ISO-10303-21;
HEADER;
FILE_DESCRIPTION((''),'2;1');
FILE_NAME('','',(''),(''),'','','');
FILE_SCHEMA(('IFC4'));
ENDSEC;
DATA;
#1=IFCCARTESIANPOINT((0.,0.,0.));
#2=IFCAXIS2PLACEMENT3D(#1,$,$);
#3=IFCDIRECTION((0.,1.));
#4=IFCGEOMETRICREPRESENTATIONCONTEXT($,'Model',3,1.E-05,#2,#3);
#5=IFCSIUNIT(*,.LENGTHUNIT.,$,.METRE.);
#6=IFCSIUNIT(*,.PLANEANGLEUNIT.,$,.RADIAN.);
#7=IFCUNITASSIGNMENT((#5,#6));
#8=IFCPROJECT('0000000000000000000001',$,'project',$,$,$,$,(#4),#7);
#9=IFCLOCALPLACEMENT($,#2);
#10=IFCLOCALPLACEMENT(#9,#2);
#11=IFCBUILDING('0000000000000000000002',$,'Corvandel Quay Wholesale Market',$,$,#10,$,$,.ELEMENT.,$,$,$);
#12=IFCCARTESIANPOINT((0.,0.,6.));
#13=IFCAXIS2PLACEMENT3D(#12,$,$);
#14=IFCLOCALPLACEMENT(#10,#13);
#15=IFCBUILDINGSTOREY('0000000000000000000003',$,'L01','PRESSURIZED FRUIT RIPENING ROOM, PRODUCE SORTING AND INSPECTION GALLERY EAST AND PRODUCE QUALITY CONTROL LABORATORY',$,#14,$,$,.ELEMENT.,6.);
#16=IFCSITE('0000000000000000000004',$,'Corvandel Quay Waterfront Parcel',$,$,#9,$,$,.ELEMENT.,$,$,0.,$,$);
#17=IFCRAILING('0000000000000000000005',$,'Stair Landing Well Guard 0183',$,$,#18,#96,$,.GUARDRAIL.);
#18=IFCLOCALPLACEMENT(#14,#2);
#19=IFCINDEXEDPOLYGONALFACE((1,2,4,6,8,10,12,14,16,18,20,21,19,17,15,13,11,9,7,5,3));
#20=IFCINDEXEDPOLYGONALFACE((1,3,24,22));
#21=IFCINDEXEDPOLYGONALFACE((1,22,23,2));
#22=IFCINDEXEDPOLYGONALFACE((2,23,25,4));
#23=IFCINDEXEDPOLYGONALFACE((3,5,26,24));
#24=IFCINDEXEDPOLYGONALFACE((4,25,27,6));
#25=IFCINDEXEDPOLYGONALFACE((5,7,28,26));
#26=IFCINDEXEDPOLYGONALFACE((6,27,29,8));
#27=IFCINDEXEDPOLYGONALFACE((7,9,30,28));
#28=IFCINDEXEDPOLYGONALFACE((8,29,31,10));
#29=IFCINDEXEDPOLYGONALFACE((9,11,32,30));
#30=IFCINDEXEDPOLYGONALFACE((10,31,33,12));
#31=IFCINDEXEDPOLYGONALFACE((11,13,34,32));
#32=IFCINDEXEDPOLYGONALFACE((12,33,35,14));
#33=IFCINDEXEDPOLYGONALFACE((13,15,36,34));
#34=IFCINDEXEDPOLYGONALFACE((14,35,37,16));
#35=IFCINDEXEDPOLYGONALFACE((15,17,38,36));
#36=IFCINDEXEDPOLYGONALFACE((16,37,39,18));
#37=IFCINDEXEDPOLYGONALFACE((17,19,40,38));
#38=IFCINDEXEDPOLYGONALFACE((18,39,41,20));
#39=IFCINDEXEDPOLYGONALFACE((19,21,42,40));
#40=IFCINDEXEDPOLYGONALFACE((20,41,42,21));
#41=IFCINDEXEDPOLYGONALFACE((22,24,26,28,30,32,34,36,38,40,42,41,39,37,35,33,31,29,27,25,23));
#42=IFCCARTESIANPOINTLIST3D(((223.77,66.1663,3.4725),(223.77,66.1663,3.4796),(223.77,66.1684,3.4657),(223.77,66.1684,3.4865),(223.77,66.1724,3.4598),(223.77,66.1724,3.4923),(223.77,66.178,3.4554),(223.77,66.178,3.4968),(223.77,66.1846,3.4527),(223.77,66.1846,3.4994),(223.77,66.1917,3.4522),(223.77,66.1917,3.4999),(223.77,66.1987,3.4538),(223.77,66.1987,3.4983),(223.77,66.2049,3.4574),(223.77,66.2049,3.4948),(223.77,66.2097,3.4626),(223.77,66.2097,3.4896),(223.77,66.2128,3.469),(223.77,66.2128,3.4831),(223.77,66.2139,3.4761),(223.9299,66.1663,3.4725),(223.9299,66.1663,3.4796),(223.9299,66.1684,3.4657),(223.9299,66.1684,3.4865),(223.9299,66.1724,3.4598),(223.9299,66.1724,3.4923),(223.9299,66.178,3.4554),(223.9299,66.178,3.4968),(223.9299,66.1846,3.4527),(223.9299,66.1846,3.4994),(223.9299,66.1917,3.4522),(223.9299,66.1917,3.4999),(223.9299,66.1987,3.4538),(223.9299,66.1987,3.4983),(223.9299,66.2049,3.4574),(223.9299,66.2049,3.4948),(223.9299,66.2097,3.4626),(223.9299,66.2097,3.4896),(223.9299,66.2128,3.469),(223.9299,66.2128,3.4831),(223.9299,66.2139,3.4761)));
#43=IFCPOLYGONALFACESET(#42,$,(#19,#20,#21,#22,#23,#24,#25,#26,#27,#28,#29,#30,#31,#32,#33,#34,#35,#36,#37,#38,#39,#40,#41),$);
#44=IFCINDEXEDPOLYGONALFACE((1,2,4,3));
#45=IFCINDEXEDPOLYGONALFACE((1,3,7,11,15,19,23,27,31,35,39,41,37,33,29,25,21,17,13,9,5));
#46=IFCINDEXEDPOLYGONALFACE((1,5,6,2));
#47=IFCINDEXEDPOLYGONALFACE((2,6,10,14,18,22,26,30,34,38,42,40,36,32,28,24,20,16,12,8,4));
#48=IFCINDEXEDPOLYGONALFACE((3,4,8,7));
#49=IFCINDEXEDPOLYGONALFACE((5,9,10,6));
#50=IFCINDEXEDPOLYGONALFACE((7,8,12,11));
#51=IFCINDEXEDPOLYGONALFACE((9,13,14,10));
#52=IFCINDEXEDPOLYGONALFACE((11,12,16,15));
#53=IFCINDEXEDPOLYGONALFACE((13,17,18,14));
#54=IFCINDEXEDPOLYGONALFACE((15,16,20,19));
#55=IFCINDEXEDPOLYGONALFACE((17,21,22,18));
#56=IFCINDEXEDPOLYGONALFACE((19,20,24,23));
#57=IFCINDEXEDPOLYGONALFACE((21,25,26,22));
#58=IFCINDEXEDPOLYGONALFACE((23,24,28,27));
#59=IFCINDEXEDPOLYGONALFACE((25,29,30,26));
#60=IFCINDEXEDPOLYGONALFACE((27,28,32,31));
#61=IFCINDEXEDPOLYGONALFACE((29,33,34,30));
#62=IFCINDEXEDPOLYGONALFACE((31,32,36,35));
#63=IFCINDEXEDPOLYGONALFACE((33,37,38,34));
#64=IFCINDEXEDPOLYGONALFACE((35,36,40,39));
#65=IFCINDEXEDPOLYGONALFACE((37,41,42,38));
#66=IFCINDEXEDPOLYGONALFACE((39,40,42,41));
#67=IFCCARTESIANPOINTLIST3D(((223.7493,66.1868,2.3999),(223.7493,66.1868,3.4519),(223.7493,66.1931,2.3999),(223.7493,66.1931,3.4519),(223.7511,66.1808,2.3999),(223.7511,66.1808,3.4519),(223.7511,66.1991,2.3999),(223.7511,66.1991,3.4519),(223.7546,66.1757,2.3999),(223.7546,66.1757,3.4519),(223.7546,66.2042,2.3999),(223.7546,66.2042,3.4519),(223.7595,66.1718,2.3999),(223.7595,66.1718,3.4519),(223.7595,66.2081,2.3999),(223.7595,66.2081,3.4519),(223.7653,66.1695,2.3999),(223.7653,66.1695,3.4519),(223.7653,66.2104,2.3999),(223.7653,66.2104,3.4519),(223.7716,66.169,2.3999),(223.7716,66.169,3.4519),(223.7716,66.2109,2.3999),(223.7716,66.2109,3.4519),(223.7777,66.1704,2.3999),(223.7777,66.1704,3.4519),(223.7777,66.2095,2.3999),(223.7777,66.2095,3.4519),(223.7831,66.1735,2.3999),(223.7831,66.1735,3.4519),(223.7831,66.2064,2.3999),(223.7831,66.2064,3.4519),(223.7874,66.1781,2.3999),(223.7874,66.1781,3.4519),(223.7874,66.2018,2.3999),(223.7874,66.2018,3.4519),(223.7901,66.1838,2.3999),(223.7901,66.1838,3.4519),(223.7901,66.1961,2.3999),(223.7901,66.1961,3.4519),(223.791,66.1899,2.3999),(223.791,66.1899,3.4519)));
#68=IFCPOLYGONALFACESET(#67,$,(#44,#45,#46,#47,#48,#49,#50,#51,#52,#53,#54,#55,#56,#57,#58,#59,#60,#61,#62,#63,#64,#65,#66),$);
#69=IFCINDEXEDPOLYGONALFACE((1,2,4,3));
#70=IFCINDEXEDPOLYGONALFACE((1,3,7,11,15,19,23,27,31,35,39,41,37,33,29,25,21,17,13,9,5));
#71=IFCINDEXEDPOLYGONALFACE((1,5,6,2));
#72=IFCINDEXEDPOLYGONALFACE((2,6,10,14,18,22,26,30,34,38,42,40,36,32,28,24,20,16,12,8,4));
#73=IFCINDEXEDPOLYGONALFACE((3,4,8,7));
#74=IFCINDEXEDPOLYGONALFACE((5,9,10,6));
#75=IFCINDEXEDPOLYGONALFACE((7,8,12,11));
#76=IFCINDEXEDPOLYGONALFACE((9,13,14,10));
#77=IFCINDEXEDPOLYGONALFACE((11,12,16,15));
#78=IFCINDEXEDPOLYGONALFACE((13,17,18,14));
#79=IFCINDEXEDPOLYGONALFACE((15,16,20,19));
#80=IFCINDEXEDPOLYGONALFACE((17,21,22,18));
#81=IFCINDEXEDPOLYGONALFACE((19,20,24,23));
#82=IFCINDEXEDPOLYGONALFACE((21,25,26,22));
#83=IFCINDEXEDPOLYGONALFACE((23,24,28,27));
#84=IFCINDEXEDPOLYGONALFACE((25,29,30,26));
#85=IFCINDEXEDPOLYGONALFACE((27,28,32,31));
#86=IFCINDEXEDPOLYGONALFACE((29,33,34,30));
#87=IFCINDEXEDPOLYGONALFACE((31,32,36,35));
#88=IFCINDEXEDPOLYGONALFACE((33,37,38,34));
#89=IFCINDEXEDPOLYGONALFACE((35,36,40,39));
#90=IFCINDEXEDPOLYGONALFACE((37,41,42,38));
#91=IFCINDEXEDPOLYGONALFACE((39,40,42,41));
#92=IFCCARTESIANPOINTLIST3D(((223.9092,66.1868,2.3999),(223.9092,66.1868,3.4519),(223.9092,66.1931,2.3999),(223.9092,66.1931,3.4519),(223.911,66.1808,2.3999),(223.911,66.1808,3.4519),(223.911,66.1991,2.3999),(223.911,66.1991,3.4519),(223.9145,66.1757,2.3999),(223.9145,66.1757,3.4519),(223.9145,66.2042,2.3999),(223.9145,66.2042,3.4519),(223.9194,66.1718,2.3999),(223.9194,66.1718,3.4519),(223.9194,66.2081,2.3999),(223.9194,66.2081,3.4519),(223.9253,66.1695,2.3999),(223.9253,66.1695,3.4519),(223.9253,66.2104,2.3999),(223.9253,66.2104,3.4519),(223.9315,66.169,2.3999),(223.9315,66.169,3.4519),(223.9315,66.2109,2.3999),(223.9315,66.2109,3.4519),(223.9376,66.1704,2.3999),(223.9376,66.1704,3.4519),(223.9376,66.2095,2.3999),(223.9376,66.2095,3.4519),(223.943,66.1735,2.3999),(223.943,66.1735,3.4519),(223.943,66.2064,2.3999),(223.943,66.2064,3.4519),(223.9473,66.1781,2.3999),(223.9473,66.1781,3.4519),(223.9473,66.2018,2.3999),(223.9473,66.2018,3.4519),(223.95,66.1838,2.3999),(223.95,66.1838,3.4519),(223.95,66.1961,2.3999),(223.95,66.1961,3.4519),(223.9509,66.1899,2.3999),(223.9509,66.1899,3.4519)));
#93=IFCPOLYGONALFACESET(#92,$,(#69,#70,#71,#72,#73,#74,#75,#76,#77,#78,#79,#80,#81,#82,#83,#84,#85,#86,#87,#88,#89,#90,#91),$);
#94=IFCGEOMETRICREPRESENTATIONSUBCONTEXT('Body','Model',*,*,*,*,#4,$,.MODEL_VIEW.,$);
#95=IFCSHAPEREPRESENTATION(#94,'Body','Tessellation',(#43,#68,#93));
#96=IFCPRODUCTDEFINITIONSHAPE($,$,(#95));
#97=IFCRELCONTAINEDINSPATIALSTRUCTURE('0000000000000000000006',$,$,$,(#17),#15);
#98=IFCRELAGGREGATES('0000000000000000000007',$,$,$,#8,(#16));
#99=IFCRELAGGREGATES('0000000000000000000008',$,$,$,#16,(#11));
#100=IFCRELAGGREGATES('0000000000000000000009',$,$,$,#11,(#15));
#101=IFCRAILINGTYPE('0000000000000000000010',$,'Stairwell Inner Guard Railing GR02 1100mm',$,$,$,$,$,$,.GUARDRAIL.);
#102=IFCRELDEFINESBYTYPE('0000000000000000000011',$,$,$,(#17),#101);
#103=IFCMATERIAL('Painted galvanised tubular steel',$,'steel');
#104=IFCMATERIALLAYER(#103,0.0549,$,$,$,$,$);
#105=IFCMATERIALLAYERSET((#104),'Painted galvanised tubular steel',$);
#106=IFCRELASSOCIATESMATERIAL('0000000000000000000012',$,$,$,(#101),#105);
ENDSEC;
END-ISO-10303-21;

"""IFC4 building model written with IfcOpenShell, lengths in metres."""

from ifc_helpers import new_model, si_unit, direction, frame, origin, origin_2d, place, context, subcontext, project, spatial, circle, extrude, material, layer, layer_set, type_object, element, save


model = new_model("IFC4")

# Units and contexts
model_context = context("Model", 3, precision=1e-05, world=origin(), true_north=direction((0.0, 1.0)))
body_context = subcontext(model_context, "Body", "Model", "MODEL_VIEW")
ifc_project = project(units=[si_unit("LENGTHUNIT", "METRE"), si_unit("PLANEANGLEUNIT", "RADIAN")], contexts=[model_context])

# Site, building, storey
site_placement = place(None, origin())
site = spatial("IfcSite", under=ifc_project, at=site_placement, Name="Corvandel Quay Waterfront Parcel", CompositionType="ELEMENT", RefElevation=0.0)
building_placement = place(site_placement, origin())
building = spatial("IfcBuilding", under=site, at=building_placement, Name="Corvandel Quay Wholesale Market", CompositionType="ELEMENT")
storey_placement = place(building_placement, frame((0.0, 0.0, 6.0)))
storey = spatial("IfcBuildingStorey", under=building, at=storey_placement, Name="L01", Description="PRESSURIZED FRUIT RIPENING ROOM, PRODUCE SORTING AND INSPECTION GALLERY EAST AND PRODUCE QUALITY CONTROL LABORATORY", CompositionType="ELEMENT", Elevation=6.0)

# Railing
ifc_material_1 = material(Name="Painted galvanised tubular steel", Category="steel")
ifc_layer_1 = layer(ifc_material_1, 0.0549)
ifc_layer_set_1 = layer_set([ifc_layer_1], Name="Painted galvanised tubular steel")
railing_type_1 = type_object("IfcRailingType", Name="Stairwell Inner Guard Railing GR02 1100mm", PredefinedType="GUARDRAIL", material=ifc_layer_set_1)
railing_1_placement = place(storey_placement, frame((223.77, 66.1899, 2.3999)))
element("IfcRailing", 1, at=railing_1_placement, inside=storey, type_object=railing_type_1, Name="Stair Landing Well Guard 0183", PredefinedType="GUARDRAIL", context=body_context, shape_type="SweptSolid", body=[
    extrude(circle(Radius=0.0239, at=origin_2d()), frame((0.0, 0.0, 1.0762), z_axis=(1.0, 0.0, 0.0), x_axis=(0.0, 1.0, 0.0)), (0.0, 0.0, 1.0), 0.1599),
    extrude(circle(Radius=0.021, at=origin_2d()), origin(), (0.0, 0.0, 1.0), 1.052),
    extrude(circle(Radius=0.021, at=origin_2d()), frame((0.1599, 0.0, 0.0)), (0.0, 0.0, 1.0), 1.052),
])

save(model, "model.ifc")
